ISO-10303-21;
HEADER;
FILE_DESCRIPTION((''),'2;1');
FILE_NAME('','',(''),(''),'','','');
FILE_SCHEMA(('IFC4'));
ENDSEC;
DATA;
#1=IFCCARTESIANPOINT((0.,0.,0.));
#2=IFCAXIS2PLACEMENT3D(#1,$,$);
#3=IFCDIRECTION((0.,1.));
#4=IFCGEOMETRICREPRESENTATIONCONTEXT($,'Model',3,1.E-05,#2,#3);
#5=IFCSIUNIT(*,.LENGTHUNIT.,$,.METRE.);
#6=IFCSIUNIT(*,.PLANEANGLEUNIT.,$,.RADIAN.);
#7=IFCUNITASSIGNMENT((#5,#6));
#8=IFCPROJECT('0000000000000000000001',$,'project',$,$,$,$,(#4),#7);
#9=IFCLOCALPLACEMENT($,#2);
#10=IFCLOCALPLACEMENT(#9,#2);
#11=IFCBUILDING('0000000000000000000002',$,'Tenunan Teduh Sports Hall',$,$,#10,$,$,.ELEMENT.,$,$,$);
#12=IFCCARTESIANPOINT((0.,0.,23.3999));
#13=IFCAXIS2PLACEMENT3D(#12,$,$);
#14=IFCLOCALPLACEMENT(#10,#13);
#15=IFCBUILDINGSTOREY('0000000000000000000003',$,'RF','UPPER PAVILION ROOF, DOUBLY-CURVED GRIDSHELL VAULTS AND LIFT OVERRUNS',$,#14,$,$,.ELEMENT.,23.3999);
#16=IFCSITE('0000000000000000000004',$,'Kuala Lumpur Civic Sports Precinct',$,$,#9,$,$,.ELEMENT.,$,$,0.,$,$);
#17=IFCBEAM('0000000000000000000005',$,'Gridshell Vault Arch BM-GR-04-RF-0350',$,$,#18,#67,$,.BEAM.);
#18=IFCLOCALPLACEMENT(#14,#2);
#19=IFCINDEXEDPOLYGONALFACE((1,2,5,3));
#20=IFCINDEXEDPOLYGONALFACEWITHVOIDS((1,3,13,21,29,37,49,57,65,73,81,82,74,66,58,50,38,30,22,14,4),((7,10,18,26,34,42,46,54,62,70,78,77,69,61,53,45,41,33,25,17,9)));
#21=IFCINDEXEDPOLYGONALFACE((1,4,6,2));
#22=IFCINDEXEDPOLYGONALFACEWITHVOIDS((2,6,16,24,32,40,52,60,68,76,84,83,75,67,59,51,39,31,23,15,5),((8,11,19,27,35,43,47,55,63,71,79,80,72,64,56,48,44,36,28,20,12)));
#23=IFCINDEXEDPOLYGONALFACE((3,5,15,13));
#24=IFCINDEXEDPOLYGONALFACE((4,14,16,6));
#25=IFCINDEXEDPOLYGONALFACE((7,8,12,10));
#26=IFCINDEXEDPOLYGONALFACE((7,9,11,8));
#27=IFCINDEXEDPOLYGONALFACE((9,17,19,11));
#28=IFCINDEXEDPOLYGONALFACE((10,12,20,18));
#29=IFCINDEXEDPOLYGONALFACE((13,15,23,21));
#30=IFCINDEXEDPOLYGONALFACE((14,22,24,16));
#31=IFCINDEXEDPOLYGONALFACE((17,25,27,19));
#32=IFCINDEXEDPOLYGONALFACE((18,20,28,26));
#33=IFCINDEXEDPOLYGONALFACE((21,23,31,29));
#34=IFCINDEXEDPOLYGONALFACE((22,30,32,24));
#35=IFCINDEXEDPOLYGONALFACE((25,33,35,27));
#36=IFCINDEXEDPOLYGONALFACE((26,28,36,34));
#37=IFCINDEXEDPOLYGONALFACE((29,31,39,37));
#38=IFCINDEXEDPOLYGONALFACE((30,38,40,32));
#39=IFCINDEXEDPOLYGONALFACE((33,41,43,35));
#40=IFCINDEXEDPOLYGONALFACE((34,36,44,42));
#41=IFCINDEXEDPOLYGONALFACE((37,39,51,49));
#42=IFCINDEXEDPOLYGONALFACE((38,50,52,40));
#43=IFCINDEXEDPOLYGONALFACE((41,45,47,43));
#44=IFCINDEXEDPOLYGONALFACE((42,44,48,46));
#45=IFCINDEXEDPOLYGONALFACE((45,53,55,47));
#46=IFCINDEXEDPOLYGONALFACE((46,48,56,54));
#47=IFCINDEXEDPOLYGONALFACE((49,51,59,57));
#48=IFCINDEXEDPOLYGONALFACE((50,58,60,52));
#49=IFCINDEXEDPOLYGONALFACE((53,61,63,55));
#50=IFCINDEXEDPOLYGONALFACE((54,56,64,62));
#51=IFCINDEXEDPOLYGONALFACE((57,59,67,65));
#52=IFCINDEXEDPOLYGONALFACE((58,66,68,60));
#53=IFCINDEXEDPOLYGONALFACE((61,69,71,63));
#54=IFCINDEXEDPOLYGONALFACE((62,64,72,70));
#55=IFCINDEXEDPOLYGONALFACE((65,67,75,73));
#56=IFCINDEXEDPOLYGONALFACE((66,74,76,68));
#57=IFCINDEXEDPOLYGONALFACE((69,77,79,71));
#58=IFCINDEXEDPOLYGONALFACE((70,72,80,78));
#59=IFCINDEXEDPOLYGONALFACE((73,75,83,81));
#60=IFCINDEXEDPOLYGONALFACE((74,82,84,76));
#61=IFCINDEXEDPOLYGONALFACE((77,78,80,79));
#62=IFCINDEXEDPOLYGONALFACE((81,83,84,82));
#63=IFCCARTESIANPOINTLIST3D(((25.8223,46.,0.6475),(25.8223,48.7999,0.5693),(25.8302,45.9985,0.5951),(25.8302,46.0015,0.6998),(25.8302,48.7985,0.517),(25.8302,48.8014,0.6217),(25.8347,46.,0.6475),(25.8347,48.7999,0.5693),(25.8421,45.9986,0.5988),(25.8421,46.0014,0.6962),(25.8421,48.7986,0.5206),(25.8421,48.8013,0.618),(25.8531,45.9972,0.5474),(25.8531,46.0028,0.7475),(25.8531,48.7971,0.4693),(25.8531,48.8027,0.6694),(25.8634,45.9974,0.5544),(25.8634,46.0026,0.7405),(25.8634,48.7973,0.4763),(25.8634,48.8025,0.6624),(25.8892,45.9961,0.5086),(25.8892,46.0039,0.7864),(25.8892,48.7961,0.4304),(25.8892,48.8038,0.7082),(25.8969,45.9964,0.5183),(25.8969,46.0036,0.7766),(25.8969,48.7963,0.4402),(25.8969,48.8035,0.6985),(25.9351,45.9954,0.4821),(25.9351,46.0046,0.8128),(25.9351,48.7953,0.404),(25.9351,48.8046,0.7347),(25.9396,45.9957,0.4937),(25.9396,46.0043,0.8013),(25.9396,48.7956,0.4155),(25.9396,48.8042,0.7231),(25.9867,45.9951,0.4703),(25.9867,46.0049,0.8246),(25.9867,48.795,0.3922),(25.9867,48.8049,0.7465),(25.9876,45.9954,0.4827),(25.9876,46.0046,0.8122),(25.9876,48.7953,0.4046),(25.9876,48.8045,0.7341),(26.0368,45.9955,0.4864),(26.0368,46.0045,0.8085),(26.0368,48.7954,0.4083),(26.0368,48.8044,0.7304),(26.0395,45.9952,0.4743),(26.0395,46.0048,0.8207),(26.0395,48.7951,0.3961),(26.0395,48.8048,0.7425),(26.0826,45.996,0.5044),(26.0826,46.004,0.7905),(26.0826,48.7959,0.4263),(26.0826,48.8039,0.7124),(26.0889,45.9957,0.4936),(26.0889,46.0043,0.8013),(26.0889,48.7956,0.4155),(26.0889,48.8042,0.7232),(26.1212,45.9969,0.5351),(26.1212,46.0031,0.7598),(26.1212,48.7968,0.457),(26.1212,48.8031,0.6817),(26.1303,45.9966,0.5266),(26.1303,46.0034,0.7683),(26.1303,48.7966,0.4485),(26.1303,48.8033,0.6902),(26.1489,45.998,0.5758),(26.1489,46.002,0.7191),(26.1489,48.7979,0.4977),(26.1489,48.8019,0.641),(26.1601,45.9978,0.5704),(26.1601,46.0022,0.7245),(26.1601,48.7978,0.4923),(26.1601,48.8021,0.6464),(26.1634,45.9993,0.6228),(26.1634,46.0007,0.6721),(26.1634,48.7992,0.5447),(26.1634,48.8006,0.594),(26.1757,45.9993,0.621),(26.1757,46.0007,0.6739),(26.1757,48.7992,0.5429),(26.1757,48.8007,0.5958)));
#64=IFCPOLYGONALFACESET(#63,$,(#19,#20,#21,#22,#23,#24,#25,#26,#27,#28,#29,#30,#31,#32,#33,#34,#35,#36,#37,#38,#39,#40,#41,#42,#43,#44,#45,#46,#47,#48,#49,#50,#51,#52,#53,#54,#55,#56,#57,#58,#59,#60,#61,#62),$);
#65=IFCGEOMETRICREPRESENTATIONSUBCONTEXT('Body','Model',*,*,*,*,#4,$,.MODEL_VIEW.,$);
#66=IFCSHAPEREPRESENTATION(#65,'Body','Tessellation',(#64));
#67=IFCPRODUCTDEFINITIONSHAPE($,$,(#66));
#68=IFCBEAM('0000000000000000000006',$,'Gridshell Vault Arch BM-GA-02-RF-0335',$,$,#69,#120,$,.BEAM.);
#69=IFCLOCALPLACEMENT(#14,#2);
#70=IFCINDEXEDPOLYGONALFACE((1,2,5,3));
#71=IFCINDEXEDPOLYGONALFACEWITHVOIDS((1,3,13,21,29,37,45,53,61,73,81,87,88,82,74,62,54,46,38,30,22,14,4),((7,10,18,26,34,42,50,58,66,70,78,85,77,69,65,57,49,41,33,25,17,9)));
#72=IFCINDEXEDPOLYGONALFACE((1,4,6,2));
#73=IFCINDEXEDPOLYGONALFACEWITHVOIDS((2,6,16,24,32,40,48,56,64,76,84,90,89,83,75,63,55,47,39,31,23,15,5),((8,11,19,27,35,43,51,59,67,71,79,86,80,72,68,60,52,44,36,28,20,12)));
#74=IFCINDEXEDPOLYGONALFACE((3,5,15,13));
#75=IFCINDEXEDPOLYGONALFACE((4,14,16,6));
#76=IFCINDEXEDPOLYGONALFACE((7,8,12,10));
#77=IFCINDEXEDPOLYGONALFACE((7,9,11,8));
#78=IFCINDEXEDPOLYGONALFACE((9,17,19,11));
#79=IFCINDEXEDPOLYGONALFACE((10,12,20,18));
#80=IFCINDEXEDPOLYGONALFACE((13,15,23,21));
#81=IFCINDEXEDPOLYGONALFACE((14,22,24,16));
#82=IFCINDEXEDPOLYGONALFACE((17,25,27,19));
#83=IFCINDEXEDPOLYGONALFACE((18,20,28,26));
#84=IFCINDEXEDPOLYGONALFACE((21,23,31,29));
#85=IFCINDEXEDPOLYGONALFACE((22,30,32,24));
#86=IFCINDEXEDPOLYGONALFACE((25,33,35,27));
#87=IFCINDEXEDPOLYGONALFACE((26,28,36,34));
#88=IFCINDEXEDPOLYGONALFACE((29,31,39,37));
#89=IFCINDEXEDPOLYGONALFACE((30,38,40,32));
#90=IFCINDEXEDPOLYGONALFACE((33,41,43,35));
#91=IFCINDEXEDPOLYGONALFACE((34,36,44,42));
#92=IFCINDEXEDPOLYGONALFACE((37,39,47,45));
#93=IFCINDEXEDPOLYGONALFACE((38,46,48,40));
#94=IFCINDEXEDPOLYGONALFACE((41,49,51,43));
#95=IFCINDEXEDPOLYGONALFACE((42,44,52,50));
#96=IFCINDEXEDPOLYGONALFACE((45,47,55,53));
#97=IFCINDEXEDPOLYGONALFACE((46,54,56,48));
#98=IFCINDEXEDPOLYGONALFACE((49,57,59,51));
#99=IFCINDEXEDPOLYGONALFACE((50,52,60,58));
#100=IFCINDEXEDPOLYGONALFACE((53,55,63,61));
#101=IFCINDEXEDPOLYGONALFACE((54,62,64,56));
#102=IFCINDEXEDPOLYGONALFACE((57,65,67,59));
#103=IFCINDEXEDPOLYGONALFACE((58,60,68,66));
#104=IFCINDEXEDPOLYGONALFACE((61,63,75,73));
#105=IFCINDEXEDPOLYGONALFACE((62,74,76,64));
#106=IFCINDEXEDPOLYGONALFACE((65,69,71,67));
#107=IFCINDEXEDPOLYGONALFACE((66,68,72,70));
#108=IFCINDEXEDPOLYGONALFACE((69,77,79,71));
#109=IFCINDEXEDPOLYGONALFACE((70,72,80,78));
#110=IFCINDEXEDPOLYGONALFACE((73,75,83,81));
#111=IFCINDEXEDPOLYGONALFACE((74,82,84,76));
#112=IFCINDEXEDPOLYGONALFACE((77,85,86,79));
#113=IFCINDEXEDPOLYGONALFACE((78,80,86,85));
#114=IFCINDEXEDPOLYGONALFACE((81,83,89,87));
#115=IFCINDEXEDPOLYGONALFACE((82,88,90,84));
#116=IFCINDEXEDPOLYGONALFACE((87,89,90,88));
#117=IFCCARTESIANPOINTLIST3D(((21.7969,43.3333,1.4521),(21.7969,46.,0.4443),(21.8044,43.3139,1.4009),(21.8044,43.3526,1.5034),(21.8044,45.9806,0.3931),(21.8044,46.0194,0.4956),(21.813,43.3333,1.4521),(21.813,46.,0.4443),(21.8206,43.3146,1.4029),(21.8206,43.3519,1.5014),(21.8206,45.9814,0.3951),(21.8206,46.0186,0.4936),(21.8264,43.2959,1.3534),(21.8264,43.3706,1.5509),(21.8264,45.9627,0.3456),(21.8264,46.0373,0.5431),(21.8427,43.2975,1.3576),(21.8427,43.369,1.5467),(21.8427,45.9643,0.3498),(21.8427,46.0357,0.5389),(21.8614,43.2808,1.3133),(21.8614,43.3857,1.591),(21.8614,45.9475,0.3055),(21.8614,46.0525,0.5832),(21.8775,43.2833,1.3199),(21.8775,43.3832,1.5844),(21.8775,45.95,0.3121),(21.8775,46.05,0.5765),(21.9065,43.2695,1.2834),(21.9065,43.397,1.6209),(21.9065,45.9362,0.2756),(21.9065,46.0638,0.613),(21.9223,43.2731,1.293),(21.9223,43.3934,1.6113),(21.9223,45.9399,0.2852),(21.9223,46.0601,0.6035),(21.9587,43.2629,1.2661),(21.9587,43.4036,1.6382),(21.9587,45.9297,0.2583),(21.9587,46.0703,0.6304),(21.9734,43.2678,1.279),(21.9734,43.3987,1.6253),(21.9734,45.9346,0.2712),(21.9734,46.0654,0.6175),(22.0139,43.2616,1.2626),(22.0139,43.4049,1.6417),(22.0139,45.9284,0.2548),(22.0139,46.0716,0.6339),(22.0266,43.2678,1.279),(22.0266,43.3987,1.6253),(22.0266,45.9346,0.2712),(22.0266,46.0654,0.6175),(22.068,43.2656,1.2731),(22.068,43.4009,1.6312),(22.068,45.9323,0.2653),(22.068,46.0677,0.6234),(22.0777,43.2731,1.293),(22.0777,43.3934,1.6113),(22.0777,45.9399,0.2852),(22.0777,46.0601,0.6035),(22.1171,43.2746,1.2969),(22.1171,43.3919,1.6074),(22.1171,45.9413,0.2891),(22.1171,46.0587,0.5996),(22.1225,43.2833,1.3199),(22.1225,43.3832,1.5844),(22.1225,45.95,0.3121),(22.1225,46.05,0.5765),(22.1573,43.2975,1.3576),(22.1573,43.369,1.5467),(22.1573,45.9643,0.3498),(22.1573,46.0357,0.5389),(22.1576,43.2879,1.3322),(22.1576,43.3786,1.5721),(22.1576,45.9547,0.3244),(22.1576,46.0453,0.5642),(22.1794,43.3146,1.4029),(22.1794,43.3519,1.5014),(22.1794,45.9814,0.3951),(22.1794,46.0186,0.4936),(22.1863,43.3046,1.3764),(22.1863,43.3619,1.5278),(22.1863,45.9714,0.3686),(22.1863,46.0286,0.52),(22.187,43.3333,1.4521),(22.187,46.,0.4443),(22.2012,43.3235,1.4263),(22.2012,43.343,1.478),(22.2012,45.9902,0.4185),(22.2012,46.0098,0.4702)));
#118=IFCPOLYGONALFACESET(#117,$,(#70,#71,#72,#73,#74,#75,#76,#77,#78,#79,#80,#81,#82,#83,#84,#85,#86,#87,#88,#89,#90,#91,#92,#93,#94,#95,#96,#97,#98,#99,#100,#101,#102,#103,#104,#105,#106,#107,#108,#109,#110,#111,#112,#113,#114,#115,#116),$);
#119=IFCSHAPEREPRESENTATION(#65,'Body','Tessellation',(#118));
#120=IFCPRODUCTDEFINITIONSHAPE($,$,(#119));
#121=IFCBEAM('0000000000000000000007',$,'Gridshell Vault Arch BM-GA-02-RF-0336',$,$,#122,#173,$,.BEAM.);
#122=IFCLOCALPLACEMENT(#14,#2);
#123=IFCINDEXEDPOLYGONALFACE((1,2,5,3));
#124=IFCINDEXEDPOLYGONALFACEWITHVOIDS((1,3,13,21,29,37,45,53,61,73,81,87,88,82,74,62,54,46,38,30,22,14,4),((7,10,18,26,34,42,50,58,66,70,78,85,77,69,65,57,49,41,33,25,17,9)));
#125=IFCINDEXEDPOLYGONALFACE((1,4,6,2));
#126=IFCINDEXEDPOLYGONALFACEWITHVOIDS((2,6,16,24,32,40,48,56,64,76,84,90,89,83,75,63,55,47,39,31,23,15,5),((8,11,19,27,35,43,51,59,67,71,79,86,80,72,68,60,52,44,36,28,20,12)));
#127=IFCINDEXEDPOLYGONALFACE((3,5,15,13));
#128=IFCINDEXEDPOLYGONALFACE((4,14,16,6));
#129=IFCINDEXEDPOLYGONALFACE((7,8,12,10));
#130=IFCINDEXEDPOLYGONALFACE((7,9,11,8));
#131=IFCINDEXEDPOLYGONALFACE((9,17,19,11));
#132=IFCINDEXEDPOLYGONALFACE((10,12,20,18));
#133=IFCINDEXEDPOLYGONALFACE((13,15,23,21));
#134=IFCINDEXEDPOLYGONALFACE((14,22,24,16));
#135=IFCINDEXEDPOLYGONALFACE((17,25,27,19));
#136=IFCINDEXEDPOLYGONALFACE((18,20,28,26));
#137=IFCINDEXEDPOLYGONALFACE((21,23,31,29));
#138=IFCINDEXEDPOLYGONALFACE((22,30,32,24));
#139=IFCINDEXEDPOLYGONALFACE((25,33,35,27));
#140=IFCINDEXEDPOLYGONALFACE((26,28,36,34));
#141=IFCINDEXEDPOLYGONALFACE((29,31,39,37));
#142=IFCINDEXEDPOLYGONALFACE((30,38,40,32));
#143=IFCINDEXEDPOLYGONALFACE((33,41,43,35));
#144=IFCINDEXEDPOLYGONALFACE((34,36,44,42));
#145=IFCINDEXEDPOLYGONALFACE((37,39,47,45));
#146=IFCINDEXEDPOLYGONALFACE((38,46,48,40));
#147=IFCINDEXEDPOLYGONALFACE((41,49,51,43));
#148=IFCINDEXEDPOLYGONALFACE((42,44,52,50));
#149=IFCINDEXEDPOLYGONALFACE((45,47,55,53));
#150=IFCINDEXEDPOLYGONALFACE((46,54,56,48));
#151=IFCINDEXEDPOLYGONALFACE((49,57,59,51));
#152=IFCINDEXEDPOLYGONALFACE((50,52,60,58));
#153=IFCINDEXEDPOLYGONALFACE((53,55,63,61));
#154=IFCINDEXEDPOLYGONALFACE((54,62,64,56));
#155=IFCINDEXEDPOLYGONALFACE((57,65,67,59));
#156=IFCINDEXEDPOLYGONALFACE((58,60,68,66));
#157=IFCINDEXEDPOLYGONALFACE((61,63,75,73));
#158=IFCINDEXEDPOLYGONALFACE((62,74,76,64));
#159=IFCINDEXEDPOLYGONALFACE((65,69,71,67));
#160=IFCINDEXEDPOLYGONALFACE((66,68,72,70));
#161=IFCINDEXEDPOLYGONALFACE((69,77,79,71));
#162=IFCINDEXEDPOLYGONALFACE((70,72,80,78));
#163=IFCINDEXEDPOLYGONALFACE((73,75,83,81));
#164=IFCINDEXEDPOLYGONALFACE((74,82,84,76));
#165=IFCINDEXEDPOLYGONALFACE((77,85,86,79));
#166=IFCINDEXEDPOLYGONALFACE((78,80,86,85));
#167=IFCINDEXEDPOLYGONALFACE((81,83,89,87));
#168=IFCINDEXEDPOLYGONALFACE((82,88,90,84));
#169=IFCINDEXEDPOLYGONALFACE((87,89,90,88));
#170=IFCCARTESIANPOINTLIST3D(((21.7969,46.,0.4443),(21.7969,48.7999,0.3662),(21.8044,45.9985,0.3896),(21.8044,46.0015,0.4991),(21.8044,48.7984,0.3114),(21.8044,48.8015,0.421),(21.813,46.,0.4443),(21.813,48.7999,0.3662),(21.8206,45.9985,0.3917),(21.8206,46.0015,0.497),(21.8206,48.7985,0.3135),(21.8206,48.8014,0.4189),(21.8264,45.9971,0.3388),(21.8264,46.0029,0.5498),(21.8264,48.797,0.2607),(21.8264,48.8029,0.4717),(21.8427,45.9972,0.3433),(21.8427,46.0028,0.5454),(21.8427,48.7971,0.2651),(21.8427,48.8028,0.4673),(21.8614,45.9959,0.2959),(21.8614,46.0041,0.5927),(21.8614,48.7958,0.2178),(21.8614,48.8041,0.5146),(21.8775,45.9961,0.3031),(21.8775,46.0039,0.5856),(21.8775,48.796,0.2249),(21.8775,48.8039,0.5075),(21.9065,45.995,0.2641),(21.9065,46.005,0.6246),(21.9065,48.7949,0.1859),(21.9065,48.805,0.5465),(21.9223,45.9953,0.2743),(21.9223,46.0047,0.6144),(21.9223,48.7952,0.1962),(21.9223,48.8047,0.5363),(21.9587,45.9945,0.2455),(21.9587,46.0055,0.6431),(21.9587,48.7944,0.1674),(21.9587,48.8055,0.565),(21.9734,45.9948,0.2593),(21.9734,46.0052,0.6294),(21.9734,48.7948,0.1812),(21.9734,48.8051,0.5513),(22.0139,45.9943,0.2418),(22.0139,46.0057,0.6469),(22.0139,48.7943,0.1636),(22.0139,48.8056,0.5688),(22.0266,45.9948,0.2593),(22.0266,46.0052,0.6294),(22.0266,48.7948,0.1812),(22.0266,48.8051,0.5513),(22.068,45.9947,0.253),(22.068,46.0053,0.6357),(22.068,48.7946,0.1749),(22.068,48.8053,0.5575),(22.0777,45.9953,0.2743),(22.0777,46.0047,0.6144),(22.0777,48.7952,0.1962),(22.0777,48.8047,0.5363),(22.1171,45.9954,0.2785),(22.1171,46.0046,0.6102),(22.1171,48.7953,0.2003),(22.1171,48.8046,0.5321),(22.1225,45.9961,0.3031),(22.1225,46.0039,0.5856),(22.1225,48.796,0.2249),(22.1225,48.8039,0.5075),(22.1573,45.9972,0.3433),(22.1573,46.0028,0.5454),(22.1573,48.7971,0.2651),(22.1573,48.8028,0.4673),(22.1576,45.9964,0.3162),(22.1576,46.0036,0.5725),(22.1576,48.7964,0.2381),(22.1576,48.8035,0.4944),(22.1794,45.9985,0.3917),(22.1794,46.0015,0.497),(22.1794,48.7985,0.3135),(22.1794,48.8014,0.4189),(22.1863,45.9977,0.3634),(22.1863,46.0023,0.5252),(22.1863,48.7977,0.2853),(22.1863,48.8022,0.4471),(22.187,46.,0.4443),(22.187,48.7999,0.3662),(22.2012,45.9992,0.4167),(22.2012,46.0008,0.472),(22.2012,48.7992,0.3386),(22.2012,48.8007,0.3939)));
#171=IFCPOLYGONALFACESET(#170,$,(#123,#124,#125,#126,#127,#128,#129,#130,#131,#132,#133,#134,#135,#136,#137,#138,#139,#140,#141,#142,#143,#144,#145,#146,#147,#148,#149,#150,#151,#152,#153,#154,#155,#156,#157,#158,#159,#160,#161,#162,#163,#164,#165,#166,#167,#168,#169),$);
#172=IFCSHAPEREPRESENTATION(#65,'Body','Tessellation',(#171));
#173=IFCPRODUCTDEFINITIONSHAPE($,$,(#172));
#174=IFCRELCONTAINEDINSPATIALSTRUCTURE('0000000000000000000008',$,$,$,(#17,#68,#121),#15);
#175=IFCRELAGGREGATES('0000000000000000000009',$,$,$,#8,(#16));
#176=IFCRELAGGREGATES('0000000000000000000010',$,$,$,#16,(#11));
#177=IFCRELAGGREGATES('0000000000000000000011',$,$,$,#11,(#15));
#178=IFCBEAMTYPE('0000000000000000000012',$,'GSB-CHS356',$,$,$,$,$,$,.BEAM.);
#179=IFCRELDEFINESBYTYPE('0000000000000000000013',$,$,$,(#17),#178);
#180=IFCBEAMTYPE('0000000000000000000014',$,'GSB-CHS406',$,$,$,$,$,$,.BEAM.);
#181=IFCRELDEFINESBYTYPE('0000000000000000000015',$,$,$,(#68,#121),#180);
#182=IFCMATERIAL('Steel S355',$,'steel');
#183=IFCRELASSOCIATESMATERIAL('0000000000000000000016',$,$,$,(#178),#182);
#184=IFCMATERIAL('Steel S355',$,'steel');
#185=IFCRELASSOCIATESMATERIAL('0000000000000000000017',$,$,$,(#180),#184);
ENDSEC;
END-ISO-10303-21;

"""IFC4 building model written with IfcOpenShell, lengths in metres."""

from ifc_helpers import new_model, si_unit, direction, frame, origin, origin_2d, place, context, subcontext, project, spatial, hollow_circle, extrude, material, material_profile, profile_set, type_object, element, save


model = new_model("IFC4")

# Units and contexts
model_context = context("Model", 3, precision=1e-05, world=origin(), true_north=direction((0.0, 1.0)))
body_context = subcontext(model_context, "Body", "Model", "MODEL_VIEW")
ifc_project = project(units=[si_unit("LENGTHUNIT", "METRE"), si_unit("PLANEANGLEUNIT", "RADIAN")], contexts=[model_context])

# Site, building, storey
site_placement = place(None, origin())
site = spatial("IfcSite", under=ifc_project, at=site_placement, Name="Kuala Lumpur Civic Sports Precinct", CompositionType="ELEMENT", RefElevation=0.0)
building_placement = place(site_placement, origin())
building = spatial("IfcBuilding", under=site, at=building_placement, Name="Tenunan Teduh Sports Hall", CompositionType="ELEMENT")
storey_placement = place(building_placement, frame((0.0, 0.0, 23.3999)))
storey = spatial("IfcBuildingStorey", under=building, at=storey_placement, Name="RF", Description="UPPER PAVILION ROOF, DOUBLY-CURVED GRIDSHELL VAULTS AND LIFT OVERRUNS", CompositionType="ELEMENT", Elevation=23.3999)

# Beams
ifc_material_1 = material(Name="Steel S355", Category="steel")
ifc_material_profile_1 = material_profile(ifc_material_1, hollow_circle(Radius=0.1777, WallThickness=0.0125, at=origin_2d()), Name="CHS 355.6x12.5")
ifc_profile_set_1 = profile_set([ifc_material_profile_1], Name="Steel S355")
beam_type_1 = type_object("IfcBeamType", Name="GSB-CHS356", PredefinedType="BEAM", material=ifc_profile_set_1)
beam_1_placement = place(storey_placement, frame((26.0, 46.0, 0.6475), z_axis=(0.0, 0.999611, -0.02789), x_axis=(-1.0, 0.0, 0.0)))
element("IfcBeam", 1, at=beam_1_placement, inside=storey, type_object=beam_type_1, Name="Gridshell Vault Arch BM-GR-04-RF-0350", PredefinedType="BEAM", context=body_context, shape_type="SweptSolid", body=[
    extrude(hollow_circle(Radius=0.1777, WallThickness=0.0125, at=origin_2d()), origin(), (0.0, 0.0, 1.0), 2.801),
])
ifc_material_2 = material(Name="Steel S355", Category="steel")
ifc_material_profile_2 = material_profile(ifc_material_2, hollow_circle(Radius=0.2031, WallThickness=0.0161, at=origin_2d()), Name="CHS 406.4x16.0")
ifc_profile_set_2 = profile_set([ifc_material_profile_2], Name="Steel S355")
beam_type_2 = type_object("IfcBeamType", Name="GSB-CHS406", PredefinedType="BEAM", material=ifc_profile_set_2)
beam_2_placement = place(storey_placement, frame((22.0, 43.3333, 1.4521), z_axis=(0.0, 0.935429, -0.353515), x_axis=(-1.0, 0.0, 0.0)))
element("IfcBeam", 2, at=beam_2_placement, inside=storey, type_object=beam_type_2, Name="Gridshell Vault Arch BM-GA-02-RF-0335", PredefinedType="BEAM", context=body_context, shape_type="SweptSolid", body=[
    extrude(hollow_circle(Radius=0.2031, WallThickness=0.0161, at=origin_2d()), origin(), (0.0, 0.0, 1.0), 2.8508),
])
beam_3_placement = place(storey_placement, frame((22.0, 46.0, 0.4443), z_axis=(0.0, 0.999611, -0.02789), x_axis=(-1.0, 0.0, 0.0)))
element("IfcBeam", 3, at=beam_3_placement, inside=storey, type_object=beam_type_2, Name="Gridshell Vault Arch BM-GA-02-RF-0336", PredefinedType="BEAM", context=body_context, shape_type="SweptSolid", body=[
    extrude(hollow_circle(Radius=0.2031, WallThickness=0.0161, at=origin_2d()), origin(), (0.0, 0.0, 1.0), 2.801),
])

save(model, "model.ifc")
